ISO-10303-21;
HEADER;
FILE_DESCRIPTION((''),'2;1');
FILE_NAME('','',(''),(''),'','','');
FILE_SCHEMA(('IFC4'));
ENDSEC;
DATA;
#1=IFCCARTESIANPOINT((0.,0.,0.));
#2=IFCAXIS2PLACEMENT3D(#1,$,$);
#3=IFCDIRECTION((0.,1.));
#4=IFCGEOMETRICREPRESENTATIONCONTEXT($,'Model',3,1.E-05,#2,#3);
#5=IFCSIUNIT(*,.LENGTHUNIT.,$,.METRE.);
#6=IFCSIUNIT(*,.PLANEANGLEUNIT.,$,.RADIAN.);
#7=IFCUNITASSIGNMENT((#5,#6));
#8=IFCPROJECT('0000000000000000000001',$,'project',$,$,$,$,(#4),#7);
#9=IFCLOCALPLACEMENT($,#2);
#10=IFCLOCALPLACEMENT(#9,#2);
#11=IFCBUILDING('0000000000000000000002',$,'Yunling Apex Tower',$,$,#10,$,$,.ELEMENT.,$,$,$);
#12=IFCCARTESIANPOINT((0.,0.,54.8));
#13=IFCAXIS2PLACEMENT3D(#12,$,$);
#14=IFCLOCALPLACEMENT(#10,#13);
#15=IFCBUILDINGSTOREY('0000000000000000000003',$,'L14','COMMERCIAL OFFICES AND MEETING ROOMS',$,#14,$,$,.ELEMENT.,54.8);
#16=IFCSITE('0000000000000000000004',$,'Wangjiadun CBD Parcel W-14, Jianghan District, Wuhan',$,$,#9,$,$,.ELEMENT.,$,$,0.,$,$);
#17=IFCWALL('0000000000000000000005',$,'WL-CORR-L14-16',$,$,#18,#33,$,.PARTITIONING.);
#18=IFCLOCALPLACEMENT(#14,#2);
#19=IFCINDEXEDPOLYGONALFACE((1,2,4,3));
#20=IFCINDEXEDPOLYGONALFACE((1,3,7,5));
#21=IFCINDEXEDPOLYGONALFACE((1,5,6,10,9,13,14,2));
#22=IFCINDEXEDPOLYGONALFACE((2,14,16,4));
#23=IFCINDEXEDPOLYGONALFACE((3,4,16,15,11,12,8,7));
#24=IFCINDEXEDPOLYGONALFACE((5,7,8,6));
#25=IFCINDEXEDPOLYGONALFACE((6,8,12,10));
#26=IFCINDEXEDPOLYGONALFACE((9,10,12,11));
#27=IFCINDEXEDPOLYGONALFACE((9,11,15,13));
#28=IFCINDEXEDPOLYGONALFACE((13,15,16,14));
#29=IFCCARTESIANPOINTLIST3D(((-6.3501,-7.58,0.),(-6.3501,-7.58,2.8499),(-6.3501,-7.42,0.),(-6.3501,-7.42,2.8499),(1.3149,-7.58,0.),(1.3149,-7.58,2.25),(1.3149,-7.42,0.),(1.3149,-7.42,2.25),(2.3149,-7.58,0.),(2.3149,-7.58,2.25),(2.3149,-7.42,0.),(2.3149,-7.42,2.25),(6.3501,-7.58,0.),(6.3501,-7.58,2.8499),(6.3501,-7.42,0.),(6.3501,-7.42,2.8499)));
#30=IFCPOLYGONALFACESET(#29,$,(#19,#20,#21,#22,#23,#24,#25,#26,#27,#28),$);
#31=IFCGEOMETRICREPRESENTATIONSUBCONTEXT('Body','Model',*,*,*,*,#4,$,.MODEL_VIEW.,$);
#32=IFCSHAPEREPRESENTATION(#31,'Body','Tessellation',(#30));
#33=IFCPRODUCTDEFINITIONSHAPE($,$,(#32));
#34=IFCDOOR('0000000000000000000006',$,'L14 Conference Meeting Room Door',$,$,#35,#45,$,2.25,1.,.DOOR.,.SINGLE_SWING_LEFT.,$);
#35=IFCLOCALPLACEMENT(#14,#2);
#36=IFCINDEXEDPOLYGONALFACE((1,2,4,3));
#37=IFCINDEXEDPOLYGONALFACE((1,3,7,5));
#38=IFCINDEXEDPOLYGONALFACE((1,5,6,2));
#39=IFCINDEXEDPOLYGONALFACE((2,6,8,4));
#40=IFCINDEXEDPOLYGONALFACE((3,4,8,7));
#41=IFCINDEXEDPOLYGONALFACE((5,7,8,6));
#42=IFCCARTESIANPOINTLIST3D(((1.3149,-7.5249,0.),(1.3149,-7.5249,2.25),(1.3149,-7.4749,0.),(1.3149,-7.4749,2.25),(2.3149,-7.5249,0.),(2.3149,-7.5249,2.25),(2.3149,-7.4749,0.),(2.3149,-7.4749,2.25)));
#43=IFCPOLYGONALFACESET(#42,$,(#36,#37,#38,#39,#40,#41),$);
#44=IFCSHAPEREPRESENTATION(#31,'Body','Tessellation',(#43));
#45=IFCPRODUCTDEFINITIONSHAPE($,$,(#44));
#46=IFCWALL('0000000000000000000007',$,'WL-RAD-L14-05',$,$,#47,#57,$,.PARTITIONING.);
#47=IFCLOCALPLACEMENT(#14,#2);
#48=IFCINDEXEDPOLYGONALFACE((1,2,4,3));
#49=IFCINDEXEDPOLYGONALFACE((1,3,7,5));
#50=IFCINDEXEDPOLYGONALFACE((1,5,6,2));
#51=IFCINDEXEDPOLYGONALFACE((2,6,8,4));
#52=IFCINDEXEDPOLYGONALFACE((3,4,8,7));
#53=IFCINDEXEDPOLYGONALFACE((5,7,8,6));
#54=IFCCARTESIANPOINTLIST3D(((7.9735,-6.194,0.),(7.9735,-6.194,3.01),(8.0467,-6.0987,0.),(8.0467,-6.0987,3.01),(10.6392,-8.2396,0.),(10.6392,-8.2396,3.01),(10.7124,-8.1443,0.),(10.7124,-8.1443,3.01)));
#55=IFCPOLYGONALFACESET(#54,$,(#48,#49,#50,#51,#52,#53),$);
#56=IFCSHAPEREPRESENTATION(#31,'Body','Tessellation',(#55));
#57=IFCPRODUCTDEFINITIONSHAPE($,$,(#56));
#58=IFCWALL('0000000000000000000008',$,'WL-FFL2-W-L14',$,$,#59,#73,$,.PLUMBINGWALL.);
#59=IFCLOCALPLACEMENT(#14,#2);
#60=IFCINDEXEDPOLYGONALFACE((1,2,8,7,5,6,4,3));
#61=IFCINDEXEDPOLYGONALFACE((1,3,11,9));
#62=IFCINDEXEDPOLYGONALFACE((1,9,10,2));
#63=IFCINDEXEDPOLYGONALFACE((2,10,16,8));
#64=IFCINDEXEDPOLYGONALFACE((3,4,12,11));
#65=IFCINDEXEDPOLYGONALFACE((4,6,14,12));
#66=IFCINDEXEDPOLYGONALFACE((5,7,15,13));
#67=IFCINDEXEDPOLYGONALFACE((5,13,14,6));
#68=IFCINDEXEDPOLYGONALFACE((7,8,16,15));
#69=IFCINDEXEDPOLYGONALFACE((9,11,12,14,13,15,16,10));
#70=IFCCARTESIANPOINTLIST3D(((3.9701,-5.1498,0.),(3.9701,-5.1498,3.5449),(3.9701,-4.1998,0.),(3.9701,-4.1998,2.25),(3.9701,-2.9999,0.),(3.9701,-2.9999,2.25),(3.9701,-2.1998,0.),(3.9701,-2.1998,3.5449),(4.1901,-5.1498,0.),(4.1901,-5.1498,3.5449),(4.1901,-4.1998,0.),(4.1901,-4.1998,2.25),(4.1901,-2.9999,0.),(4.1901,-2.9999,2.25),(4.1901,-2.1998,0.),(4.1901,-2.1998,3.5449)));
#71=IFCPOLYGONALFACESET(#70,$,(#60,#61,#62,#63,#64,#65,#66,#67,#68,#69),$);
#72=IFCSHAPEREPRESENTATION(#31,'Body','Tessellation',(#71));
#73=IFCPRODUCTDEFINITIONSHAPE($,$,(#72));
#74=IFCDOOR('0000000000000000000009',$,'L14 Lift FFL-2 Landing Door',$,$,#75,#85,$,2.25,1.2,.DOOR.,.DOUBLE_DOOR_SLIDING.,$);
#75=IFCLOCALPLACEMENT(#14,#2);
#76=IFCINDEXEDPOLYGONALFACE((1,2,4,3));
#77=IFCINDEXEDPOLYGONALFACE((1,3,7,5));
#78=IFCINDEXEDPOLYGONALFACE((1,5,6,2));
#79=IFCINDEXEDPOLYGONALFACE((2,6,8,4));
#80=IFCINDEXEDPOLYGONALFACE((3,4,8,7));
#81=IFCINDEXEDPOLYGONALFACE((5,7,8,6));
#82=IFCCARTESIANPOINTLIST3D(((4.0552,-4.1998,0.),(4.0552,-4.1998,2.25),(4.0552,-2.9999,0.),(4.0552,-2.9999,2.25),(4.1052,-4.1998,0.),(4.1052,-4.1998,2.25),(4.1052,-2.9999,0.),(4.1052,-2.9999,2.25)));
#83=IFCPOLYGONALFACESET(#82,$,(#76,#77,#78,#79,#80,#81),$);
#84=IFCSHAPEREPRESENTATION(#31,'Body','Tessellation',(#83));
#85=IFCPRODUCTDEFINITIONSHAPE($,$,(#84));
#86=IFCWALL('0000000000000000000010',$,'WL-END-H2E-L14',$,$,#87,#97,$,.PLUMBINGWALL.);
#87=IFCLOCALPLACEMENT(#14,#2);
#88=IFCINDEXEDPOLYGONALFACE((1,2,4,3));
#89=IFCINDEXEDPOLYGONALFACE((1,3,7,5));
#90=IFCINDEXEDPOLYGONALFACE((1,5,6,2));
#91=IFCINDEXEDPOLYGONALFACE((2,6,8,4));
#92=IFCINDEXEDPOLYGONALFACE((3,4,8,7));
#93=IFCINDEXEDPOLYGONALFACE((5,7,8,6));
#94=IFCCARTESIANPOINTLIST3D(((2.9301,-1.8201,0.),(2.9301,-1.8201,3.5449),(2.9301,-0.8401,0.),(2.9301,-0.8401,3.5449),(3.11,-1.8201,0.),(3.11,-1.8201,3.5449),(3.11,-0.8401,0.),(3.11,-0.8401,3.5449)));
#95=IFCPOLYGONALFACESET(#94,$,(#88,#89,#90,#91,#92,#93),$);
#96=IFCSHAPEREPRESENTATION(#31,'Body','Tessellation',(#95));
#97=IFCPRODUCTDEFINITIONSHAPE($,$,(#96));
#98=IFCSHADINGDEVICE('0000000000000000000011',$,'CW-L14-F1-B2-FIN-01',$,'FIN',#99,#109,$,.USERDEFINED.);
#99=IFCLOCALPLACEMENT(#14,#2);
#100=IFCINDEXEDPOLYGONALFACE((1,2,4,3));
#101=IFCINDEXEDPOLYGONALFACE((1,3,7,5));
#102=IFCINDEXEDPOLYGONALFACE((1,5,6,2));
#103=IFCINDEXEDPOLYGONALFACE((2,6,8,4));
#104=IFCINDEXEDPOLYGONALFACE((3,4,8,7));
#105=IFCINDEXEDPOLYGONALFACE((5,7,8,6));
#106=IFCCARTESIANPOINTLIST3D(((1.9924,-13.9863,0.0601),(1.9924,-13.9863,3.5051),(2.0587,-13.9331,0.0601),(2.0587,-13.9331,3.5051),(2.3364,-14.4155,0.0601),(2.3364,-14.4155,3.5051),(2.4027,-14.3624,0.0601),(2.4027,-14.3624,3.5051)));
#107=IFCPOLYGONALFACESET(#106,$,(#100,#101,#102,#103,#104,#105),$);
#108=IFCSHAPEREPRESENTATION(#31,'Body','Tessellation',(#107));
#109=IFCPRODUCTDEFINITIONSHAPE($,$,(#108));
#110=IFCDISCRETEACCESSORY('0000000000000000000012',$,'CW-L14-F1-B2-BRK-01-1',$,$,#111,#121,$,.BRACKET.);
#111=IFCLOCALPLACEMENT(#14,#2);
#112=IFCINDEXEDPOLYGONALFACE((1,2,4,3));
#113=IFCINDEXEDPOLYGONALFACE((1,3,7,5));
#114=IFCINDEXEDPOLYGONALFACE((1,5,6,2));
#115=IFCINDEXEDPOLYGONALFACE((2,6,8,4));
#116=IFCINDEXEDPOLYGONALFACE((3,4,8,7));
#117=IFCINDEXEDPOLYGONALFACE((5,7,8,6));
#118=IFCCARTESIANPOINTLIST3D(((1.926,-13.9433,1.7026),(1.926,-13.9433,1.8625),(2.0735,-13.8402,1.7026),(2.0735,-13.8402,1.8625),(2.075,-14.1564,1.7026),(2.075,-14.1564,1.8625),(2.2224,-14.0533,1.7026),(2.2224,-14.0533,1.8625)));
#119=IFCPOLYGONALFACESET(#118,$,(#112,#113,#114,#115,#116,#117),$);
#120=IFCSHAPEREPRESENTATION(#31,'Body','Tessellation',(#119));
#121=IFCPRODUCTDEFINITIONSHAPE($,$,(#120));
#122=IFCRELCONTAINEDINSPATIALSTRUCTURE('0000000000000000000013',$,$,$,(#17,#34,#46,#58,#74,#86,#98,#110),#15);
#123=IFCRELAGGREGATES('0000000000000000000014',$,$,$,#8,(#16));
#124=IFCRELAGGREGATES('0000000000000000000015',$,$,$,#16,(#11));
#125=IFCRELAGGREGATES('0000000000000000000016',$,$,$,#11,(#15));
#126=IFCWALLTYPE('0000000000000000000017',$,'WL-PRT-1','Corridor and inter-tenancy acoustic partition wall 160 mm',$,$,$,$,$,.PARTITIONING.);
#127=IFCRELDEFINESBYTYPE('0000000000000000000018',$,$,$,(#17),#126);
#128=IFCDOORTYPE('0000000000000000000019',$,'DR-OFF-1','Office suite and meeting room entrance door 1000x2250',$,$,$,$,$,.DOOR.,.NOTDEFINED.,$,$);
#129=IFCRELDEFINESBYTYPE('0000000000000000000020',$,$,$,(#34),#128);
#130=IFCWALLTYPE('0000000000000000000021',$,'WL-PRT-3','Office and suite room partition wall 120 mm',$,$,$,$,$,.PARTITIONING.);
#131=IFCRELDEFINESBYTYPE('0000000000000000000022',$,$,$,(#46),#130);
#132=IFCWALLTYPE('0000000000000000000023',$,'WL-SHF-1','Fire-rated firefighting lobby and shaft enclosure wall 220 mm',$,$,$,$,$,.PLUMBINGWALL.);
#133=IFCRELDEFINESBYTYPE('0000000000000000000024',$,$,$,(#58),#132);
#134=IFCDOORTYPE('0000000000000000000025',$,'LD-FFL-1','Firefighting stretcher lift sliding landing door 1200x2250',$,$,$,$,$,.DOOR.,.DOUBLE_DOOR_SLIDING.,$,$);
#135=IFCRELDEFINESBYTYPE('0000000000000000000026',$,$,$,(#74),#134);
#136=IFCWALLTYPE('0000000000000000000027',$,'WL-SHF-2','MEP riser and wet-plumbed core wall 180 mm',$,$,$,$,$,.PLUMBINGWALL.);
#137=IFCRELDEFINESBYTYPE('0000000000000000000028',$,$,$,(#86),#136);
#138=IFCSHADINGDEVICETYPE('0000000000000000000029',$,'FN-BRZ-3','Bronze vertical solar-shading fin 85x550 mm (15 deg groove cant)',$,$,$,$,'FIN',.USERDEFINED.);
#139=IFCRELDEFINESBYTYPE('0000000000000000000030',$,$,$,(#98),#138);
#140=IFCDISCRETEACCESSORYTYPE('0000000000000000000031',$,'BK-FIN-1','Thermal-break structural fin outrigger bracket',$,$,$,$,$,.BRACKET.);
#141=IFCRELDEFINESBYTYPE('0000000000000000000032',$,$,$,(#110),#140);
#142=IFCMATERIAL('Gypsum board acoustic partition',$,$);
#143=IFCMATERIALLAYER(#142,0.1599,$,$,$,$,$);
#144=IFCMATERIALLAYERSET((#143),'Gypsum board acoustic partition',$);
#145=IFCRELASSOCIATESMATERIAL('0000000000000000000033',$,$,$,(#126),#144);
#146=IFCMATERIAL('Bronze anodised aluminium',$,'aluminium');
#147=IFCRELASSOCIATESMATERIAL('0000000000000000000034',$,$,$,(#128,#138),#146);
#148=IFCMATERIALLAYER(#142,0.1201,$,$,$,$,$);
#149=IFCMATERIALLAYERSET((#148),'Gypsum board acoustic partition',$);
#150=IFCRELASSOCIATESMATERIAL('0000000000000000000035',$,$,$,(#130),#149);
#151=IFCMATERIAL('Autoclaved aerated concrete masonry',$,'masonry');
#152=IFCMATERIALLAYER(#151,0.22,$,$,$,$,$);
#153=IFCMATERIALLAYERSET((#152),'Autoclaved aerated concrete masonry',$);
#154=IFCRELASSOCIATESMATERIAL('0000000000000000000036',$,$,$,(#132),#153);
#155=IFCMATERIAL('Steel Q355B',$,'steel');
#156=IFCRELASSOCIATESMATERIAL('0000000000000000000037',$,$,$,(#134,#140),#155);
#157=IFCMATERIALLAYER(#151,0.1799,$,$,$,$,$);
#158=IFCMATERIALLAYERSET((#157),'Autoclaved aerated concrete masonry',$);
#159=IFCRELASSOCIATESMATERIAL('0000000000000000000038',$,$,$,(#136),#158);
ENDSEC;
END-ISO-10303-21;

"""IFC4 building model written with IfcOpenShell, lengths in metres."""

from ifc_helpers import new_model, si_unit, direction, frame, frame_2d, origin, origin_2d, place, context, subcontext, project, spatial, rectangle, extrude, source, transform, mapped, material, layer, layer_set, material_profile, profile_set, type_object, element, fill, save


model = new_model("IFC4")

# Units and contexts
model_context = context("Model", 3, precision=1e-05, world=origin(), true_north=direction((0.0, 1.0)))
body_context = subcontext(model_context, "Body", "Model", "MODEL_VIEW")
ifc_project = project(units=[si_unit("LENGTHUNIT", "METRE"), si_unit("PLANEANGLEUNIT", "RADIAN")], contexts=[model_context])

# Site, building, storey
site_placement = place(None, origin())
site = spatial("IfcSite", under=ifc_project, at=site_placement, Name="Wangjiadun CBD Parcel W-14, Jianghan District, Wuhan", CompositionType="ELEMENT", RefElevation=0.0)
building_placement = place(site_placement, origin())
building = spatial("IfcBuilding", under=site, at=building_placement, Name="Yunling Apex Tower", CompositionType="ELEMENT")
storey_placement = place(building_placement, frame((0.0, 0.0, 54.8)))
storey = spatial("IfcBuildingStorey", under=building, at=storey_placement, Name="L14", Description="COMMERCIAL OFFICES AND MEETING ROOMS", CompositionType="ELEMENT", Elevation=54.8)

# Shared definitions
ifc_material_1 = material(Name="Steel Q355B", Category="steel")

# Shared definitions
ifc_material_2 = material(Name="Bronze anodised aluminium", Category="aluminium")

# Shared definitions
ifc_material_3 = material(Name="Gypsum board acoustic partition")
ifc_layer_1 = layer(ifc_material_3, 0.1599)
ifc_layer_set_1 = layer_set([ifc_layer_1], Name="Gypsum board acoustic partition")
wall_type_1 = type_object("IfcWallType", Name="WL-PRT-1", Description="Corridor and inter-tenancy acoustic partition wall 160 mm", PredefinedType="PARTITIONING", material=ifc_layer_set_1)

# Wall, opening, door
wall_1_placement = place(storey_placement, frame((6.3501, -7.5, 0.0), z_axis=(0.0, 0.0, 1.0), x_axis=(-1.0, 0.0, 0.0)))
wall_1 = element("IfcWall", 1, at=wall_1_placement, inside=storey, type_object=wall_type_1, Name="WL-CORR-L14-16", PredefinedType="PARTITIONING", context=body_context, shape_type="SweptSolid", body=[
    extrude(rectangle(XDim=12.7002, YDim=0.1599, at=frame_2d((6.3501, 0.0))), origin(), (0.0, 0.0, 1.0), 2.8499),
])
opening_1_placement = place(wall_1_placement, frame((4.0352, 0.0, 0.0)))
opening_1 = element("IfcOpeningElement", 2, at=opening_1_placement, cuts=wall_1, PredefinedType="OPENING", context=body_context, shape_type="SweptSolid", body=[
    extrude(rectangle(XDim=1.0, YDim=2.25, at=frame_2d((0.5, 1.125))), frame((0.0, 0.0898, 0.0), z_axis=(0.0, -1.0, 0.0), x_axis=(1.0, 0.0, 0.0)), (0.0, 0.0, 1.0), 0.1799),
])
door_type_1 = type_object("IfcDoorType", Name="DR-OFF-1", Description="Office suite and meeting room entrance door 1000x2250", OperationType="NOTDEFINED", PredefinedType="DOOR", material=ifc_material_2)
door_1_placement = place(opening_1_placement, origin())
door_1 = element("IfcDoor", 3, at=door_1_placement, inside=storey, type_object=door_type_1, Name="L14 Conference Meeting Room Door", OperationType="SINGLE_SWING_LEFT", OverallHeight=2.25, OverallWidth=1.0, PredefinedType="DOOR", context=body_context, shape_type="SweptSolid", body=[
    extrude(rectangle(XDim=1.0, YDim=2.25, at=frame_2d((0.5, 1.125))), frame((0.0, 0.0249, 0.0), z_axis=(0.0, -1.0, 0.0), x_axis=(1.0, 0.0, 0.0)), (0.0, 0.0, 1.0), 0.05),
])
fill(opening_1, door_1)

# Wall
ifc_layer_2 = layer(ifc_material_3, 0.1201)
ifc_layer_set_2 = layer_set([ifc_layer_2], Name="Gypsum board acoustic partition")
wall_type_2 = type_object("IfcWallType", Name="WL-PRT-3", Description="Office and suite room partition wall 120 mm", PredefinedType="PARTITIONING", material=ifc_layer_set_2)
wall_2_placement = place(storey_placement, frame((8.01, -6.1462, 0.0), z_axis=(0.0, 0.0, 1.0), x_axis=(0.793334, -0.608787, 0.0)))
element("IfcWall", 4, at=wall_2_placement, inside=storey, type_object=wall_type_2, Name="WL-RAD-L14-05", PredefinedType="PARTITIONING", context=body_context, shape_type="SweptSolid", body=[
    extrude(rectangle(XDim=3.3601, YDim=0.1201, at=frame_2d((1.6802, 0.0))), origin(), (0.0, 0.0, 1.0), 3.01),
])

# Wall, opening, door
ifc_material_4 = material(Name="Autoclaved aerated concrete masonry", Category="masonry")
ifc_layer_3 = layer(ifc_material_4, 0.22)
ifc_layer_set_3 = layer_set([ifc_layer_3], Name="Autoclaved aerated concrete masonry")
wall_type_3 = type_object("IfcWallType", Name="WL-SHF-1", Description="Fire-rated firefighting lobby and shaft enclosure wall 220 mm", PredefinedType="PLUMBINGWALL", material=ifc_layer_set_3)
wall_3_placement = place(storey_placement, frame((4.0801, -5.1499, 0.0), z_axis=(0.0, 0.0, 1.0), x_axis=(0.0, 1.0, 0.0)))
wall_3 = element("IfcWall", 5, at=wall_3_placement, inside=storey, type_object=wall_type_3, Name="WL-FFL2-W-L14", PredefinedType="PLUMBINGWALL", context=body_context, shape_type="SweptSolid", body=[
    extrude(rectangle(XDim=2.95, YDim=0.22, at=frame_2d((1.4751, 0.0))), origin(), (0.0, 0.0, 1.0), 3.5449),
])
opening_2_placement = place(wall_3_placement, frame((0.95, 0.0, 0.0)))
opening_2 = element("IfcOpeningElement", 6, at=opening_2_placement, cuts=wall_3, PredefinedType="OPENING", context=body_context, shape_type="SweptSolid", body=[
    extrude(rectangle(XDim=1.2, YDim=2.25, at=frame_2d((0.6001, 1.125))), frame((0.0, 0.1201, 0.0), z_axis=(0.0, -1.0, 0.0), x_axis=(1.0, 0.0, 0.0)), (0.0, 0.0, 1.0), 0.24),
])
door_type_2 = type_object("IfcDoorType", Name="LD-FFL-1", Description="Firefighting stretcher lift sliding landing door 1200x2250", OperationType="DOUBLE_DOOR_SLIDING", PredefinedType="DOOR", material=ifc_material_1)
door_2_placement = place(opening_2_placement, origin())
door_2 = element("IfcDoor", 7, at=door_2_placement, inside=storey, type_object=door_type_2, Name="L14 Lift FFL-2 Landing Door", OperationType="DOUBLE_DOOR_SLIDING", OverallHeight=2.25, OverallWidth=1.2, PredefinedType="DOOR", context=body_context, shape_type="SweptSolid", body=[
    extrude(rectangle(XDim=1.2, YDim=2.25, at=frame_2d((0.6001, 1.125))), frame((0.0, 0.0249, 0.0), z_axis=(0.0, -1.0, 0.0), x_axis=(1.0, 0.0, 0.0)), (0.0, 0.0, 1.0), 0.05),
])
fill(opening_2, door_2)

# Wall
ifc_layer_4 = layer(ifc_material_4, 0.1799)
ifc_layer_set_4 = layer_set([ifc_layer_4], Name="Autoclaved aerated concrete masonry")
wall_type_4 = type_object("IfcWallType", Name="WL-SHF-2", Description="MEP riser and wet-plumbed core wall 180 mm", PredefinedType="PLUMBINGWALL", material=ifc_layer_set_4)
wall_4_placement = place(storey_placement, frame((3.02, -1.8201, 0.0), z_axis=(0.0, 0.0, 1.0), x_axis=(0.0, 1.0, 0.0)))
element("IfcWall", 8, at=wall_4_placement, inside=storey, type_object=wall_type_4, Name="WL-END-H2E-L14", PredefinedType="PLUMBINGWALL", context=body_context, shape_type="SweptSolid", body=[
    extrude(rectangle(XDim=0.98, YDim=0.1799, at=frame_2d((0.49, 0.0))), origin(), (0.0, 0.0, 1.0), 3.5449),
])

# Shading device
ifc_material_profile_1 = material_profile(ifc_material_2, rectangle(XDim=0.085, YDim=0.55, at=origin_2d()))
ifc_profile_set_1 = profile_set([ifc_material_profile_1], Name="Bronze anodised aluminium")
shading_device_type = type_object("IfcShadingDeviceType", Name="FN-BRZ-3", Description="Bronze vertical solar-shading fin 85x550 mm (15 deg groove cant)", ElementType="FIN", PredefinedType="USERDEFINED", material=ifc_profile_set_1)
shared_shape_1 = source(origin(), body_context, "Body", "SweptSolid", [
    extrude(rectangle(XDim=0.085, YDim=0.55, at=origin_2d()), origin(), (0.0, 0.0, 1.0), 3.4451),
])
shading_device_placement = place(storey_placement, frame((2.1975, -14.1743, 0.0601), z_axis=(0.0, 0.0, 1.0), x_axis=(0.780321, 0.625379, 0.0)))
element("IfcShadingDevice", 9, at=shading_device_placement, inside=storey, type_object=shading_device_type, Name="CW-L14-F1-B2-FIN-01", ObjectType="FIN", PredefinedType="USERDEFINED", context=body_context, shape_type="MappedRepresentation", body=[
    mapped(shared_shape_1, transform((0.0, 0.0, 0.0), scale=1.0)),
])

# Discrete accessory
discrete_accessory_type = type_object("IfcDiscreteAccessoryType", Name="BK-FIN-1", Description="Thermal-break structural fin outrigger bracket", PredefinedType="BRACKET", material=ifc_material_1)
shared_shape_2 = source(origin(), body_context, "Body", "SweptSolid", [
    extrude(rectangle(XDim=0.1799, YDim=0.26, at=origin_2d()), origin(), (0.0, 0.0, 1.0), 0.1599),
])
discrete_accessory_placement = place(storey_placement, frame((2.0742, -13.9983, 1.7026), z_axis=(0.0, 0.0, 1.0), x_axis=(0.819552, 0.573004, 0.0)))
element("IfcDiscreteAccessory", 10, at=discrete_accessory_placement, inside=storey, type_object=discrete_accessory_type, Name="CW-L14-F1-B2-BRK-01-1", PredefinedType="BRACKET", context=body_context, shape_type="MappedRepresentation", body=[
    mapped(shared_shape_2, transform((0.0, 0.0, 0.0), scale=1.0)),
])

save(model, "model.ifc")
